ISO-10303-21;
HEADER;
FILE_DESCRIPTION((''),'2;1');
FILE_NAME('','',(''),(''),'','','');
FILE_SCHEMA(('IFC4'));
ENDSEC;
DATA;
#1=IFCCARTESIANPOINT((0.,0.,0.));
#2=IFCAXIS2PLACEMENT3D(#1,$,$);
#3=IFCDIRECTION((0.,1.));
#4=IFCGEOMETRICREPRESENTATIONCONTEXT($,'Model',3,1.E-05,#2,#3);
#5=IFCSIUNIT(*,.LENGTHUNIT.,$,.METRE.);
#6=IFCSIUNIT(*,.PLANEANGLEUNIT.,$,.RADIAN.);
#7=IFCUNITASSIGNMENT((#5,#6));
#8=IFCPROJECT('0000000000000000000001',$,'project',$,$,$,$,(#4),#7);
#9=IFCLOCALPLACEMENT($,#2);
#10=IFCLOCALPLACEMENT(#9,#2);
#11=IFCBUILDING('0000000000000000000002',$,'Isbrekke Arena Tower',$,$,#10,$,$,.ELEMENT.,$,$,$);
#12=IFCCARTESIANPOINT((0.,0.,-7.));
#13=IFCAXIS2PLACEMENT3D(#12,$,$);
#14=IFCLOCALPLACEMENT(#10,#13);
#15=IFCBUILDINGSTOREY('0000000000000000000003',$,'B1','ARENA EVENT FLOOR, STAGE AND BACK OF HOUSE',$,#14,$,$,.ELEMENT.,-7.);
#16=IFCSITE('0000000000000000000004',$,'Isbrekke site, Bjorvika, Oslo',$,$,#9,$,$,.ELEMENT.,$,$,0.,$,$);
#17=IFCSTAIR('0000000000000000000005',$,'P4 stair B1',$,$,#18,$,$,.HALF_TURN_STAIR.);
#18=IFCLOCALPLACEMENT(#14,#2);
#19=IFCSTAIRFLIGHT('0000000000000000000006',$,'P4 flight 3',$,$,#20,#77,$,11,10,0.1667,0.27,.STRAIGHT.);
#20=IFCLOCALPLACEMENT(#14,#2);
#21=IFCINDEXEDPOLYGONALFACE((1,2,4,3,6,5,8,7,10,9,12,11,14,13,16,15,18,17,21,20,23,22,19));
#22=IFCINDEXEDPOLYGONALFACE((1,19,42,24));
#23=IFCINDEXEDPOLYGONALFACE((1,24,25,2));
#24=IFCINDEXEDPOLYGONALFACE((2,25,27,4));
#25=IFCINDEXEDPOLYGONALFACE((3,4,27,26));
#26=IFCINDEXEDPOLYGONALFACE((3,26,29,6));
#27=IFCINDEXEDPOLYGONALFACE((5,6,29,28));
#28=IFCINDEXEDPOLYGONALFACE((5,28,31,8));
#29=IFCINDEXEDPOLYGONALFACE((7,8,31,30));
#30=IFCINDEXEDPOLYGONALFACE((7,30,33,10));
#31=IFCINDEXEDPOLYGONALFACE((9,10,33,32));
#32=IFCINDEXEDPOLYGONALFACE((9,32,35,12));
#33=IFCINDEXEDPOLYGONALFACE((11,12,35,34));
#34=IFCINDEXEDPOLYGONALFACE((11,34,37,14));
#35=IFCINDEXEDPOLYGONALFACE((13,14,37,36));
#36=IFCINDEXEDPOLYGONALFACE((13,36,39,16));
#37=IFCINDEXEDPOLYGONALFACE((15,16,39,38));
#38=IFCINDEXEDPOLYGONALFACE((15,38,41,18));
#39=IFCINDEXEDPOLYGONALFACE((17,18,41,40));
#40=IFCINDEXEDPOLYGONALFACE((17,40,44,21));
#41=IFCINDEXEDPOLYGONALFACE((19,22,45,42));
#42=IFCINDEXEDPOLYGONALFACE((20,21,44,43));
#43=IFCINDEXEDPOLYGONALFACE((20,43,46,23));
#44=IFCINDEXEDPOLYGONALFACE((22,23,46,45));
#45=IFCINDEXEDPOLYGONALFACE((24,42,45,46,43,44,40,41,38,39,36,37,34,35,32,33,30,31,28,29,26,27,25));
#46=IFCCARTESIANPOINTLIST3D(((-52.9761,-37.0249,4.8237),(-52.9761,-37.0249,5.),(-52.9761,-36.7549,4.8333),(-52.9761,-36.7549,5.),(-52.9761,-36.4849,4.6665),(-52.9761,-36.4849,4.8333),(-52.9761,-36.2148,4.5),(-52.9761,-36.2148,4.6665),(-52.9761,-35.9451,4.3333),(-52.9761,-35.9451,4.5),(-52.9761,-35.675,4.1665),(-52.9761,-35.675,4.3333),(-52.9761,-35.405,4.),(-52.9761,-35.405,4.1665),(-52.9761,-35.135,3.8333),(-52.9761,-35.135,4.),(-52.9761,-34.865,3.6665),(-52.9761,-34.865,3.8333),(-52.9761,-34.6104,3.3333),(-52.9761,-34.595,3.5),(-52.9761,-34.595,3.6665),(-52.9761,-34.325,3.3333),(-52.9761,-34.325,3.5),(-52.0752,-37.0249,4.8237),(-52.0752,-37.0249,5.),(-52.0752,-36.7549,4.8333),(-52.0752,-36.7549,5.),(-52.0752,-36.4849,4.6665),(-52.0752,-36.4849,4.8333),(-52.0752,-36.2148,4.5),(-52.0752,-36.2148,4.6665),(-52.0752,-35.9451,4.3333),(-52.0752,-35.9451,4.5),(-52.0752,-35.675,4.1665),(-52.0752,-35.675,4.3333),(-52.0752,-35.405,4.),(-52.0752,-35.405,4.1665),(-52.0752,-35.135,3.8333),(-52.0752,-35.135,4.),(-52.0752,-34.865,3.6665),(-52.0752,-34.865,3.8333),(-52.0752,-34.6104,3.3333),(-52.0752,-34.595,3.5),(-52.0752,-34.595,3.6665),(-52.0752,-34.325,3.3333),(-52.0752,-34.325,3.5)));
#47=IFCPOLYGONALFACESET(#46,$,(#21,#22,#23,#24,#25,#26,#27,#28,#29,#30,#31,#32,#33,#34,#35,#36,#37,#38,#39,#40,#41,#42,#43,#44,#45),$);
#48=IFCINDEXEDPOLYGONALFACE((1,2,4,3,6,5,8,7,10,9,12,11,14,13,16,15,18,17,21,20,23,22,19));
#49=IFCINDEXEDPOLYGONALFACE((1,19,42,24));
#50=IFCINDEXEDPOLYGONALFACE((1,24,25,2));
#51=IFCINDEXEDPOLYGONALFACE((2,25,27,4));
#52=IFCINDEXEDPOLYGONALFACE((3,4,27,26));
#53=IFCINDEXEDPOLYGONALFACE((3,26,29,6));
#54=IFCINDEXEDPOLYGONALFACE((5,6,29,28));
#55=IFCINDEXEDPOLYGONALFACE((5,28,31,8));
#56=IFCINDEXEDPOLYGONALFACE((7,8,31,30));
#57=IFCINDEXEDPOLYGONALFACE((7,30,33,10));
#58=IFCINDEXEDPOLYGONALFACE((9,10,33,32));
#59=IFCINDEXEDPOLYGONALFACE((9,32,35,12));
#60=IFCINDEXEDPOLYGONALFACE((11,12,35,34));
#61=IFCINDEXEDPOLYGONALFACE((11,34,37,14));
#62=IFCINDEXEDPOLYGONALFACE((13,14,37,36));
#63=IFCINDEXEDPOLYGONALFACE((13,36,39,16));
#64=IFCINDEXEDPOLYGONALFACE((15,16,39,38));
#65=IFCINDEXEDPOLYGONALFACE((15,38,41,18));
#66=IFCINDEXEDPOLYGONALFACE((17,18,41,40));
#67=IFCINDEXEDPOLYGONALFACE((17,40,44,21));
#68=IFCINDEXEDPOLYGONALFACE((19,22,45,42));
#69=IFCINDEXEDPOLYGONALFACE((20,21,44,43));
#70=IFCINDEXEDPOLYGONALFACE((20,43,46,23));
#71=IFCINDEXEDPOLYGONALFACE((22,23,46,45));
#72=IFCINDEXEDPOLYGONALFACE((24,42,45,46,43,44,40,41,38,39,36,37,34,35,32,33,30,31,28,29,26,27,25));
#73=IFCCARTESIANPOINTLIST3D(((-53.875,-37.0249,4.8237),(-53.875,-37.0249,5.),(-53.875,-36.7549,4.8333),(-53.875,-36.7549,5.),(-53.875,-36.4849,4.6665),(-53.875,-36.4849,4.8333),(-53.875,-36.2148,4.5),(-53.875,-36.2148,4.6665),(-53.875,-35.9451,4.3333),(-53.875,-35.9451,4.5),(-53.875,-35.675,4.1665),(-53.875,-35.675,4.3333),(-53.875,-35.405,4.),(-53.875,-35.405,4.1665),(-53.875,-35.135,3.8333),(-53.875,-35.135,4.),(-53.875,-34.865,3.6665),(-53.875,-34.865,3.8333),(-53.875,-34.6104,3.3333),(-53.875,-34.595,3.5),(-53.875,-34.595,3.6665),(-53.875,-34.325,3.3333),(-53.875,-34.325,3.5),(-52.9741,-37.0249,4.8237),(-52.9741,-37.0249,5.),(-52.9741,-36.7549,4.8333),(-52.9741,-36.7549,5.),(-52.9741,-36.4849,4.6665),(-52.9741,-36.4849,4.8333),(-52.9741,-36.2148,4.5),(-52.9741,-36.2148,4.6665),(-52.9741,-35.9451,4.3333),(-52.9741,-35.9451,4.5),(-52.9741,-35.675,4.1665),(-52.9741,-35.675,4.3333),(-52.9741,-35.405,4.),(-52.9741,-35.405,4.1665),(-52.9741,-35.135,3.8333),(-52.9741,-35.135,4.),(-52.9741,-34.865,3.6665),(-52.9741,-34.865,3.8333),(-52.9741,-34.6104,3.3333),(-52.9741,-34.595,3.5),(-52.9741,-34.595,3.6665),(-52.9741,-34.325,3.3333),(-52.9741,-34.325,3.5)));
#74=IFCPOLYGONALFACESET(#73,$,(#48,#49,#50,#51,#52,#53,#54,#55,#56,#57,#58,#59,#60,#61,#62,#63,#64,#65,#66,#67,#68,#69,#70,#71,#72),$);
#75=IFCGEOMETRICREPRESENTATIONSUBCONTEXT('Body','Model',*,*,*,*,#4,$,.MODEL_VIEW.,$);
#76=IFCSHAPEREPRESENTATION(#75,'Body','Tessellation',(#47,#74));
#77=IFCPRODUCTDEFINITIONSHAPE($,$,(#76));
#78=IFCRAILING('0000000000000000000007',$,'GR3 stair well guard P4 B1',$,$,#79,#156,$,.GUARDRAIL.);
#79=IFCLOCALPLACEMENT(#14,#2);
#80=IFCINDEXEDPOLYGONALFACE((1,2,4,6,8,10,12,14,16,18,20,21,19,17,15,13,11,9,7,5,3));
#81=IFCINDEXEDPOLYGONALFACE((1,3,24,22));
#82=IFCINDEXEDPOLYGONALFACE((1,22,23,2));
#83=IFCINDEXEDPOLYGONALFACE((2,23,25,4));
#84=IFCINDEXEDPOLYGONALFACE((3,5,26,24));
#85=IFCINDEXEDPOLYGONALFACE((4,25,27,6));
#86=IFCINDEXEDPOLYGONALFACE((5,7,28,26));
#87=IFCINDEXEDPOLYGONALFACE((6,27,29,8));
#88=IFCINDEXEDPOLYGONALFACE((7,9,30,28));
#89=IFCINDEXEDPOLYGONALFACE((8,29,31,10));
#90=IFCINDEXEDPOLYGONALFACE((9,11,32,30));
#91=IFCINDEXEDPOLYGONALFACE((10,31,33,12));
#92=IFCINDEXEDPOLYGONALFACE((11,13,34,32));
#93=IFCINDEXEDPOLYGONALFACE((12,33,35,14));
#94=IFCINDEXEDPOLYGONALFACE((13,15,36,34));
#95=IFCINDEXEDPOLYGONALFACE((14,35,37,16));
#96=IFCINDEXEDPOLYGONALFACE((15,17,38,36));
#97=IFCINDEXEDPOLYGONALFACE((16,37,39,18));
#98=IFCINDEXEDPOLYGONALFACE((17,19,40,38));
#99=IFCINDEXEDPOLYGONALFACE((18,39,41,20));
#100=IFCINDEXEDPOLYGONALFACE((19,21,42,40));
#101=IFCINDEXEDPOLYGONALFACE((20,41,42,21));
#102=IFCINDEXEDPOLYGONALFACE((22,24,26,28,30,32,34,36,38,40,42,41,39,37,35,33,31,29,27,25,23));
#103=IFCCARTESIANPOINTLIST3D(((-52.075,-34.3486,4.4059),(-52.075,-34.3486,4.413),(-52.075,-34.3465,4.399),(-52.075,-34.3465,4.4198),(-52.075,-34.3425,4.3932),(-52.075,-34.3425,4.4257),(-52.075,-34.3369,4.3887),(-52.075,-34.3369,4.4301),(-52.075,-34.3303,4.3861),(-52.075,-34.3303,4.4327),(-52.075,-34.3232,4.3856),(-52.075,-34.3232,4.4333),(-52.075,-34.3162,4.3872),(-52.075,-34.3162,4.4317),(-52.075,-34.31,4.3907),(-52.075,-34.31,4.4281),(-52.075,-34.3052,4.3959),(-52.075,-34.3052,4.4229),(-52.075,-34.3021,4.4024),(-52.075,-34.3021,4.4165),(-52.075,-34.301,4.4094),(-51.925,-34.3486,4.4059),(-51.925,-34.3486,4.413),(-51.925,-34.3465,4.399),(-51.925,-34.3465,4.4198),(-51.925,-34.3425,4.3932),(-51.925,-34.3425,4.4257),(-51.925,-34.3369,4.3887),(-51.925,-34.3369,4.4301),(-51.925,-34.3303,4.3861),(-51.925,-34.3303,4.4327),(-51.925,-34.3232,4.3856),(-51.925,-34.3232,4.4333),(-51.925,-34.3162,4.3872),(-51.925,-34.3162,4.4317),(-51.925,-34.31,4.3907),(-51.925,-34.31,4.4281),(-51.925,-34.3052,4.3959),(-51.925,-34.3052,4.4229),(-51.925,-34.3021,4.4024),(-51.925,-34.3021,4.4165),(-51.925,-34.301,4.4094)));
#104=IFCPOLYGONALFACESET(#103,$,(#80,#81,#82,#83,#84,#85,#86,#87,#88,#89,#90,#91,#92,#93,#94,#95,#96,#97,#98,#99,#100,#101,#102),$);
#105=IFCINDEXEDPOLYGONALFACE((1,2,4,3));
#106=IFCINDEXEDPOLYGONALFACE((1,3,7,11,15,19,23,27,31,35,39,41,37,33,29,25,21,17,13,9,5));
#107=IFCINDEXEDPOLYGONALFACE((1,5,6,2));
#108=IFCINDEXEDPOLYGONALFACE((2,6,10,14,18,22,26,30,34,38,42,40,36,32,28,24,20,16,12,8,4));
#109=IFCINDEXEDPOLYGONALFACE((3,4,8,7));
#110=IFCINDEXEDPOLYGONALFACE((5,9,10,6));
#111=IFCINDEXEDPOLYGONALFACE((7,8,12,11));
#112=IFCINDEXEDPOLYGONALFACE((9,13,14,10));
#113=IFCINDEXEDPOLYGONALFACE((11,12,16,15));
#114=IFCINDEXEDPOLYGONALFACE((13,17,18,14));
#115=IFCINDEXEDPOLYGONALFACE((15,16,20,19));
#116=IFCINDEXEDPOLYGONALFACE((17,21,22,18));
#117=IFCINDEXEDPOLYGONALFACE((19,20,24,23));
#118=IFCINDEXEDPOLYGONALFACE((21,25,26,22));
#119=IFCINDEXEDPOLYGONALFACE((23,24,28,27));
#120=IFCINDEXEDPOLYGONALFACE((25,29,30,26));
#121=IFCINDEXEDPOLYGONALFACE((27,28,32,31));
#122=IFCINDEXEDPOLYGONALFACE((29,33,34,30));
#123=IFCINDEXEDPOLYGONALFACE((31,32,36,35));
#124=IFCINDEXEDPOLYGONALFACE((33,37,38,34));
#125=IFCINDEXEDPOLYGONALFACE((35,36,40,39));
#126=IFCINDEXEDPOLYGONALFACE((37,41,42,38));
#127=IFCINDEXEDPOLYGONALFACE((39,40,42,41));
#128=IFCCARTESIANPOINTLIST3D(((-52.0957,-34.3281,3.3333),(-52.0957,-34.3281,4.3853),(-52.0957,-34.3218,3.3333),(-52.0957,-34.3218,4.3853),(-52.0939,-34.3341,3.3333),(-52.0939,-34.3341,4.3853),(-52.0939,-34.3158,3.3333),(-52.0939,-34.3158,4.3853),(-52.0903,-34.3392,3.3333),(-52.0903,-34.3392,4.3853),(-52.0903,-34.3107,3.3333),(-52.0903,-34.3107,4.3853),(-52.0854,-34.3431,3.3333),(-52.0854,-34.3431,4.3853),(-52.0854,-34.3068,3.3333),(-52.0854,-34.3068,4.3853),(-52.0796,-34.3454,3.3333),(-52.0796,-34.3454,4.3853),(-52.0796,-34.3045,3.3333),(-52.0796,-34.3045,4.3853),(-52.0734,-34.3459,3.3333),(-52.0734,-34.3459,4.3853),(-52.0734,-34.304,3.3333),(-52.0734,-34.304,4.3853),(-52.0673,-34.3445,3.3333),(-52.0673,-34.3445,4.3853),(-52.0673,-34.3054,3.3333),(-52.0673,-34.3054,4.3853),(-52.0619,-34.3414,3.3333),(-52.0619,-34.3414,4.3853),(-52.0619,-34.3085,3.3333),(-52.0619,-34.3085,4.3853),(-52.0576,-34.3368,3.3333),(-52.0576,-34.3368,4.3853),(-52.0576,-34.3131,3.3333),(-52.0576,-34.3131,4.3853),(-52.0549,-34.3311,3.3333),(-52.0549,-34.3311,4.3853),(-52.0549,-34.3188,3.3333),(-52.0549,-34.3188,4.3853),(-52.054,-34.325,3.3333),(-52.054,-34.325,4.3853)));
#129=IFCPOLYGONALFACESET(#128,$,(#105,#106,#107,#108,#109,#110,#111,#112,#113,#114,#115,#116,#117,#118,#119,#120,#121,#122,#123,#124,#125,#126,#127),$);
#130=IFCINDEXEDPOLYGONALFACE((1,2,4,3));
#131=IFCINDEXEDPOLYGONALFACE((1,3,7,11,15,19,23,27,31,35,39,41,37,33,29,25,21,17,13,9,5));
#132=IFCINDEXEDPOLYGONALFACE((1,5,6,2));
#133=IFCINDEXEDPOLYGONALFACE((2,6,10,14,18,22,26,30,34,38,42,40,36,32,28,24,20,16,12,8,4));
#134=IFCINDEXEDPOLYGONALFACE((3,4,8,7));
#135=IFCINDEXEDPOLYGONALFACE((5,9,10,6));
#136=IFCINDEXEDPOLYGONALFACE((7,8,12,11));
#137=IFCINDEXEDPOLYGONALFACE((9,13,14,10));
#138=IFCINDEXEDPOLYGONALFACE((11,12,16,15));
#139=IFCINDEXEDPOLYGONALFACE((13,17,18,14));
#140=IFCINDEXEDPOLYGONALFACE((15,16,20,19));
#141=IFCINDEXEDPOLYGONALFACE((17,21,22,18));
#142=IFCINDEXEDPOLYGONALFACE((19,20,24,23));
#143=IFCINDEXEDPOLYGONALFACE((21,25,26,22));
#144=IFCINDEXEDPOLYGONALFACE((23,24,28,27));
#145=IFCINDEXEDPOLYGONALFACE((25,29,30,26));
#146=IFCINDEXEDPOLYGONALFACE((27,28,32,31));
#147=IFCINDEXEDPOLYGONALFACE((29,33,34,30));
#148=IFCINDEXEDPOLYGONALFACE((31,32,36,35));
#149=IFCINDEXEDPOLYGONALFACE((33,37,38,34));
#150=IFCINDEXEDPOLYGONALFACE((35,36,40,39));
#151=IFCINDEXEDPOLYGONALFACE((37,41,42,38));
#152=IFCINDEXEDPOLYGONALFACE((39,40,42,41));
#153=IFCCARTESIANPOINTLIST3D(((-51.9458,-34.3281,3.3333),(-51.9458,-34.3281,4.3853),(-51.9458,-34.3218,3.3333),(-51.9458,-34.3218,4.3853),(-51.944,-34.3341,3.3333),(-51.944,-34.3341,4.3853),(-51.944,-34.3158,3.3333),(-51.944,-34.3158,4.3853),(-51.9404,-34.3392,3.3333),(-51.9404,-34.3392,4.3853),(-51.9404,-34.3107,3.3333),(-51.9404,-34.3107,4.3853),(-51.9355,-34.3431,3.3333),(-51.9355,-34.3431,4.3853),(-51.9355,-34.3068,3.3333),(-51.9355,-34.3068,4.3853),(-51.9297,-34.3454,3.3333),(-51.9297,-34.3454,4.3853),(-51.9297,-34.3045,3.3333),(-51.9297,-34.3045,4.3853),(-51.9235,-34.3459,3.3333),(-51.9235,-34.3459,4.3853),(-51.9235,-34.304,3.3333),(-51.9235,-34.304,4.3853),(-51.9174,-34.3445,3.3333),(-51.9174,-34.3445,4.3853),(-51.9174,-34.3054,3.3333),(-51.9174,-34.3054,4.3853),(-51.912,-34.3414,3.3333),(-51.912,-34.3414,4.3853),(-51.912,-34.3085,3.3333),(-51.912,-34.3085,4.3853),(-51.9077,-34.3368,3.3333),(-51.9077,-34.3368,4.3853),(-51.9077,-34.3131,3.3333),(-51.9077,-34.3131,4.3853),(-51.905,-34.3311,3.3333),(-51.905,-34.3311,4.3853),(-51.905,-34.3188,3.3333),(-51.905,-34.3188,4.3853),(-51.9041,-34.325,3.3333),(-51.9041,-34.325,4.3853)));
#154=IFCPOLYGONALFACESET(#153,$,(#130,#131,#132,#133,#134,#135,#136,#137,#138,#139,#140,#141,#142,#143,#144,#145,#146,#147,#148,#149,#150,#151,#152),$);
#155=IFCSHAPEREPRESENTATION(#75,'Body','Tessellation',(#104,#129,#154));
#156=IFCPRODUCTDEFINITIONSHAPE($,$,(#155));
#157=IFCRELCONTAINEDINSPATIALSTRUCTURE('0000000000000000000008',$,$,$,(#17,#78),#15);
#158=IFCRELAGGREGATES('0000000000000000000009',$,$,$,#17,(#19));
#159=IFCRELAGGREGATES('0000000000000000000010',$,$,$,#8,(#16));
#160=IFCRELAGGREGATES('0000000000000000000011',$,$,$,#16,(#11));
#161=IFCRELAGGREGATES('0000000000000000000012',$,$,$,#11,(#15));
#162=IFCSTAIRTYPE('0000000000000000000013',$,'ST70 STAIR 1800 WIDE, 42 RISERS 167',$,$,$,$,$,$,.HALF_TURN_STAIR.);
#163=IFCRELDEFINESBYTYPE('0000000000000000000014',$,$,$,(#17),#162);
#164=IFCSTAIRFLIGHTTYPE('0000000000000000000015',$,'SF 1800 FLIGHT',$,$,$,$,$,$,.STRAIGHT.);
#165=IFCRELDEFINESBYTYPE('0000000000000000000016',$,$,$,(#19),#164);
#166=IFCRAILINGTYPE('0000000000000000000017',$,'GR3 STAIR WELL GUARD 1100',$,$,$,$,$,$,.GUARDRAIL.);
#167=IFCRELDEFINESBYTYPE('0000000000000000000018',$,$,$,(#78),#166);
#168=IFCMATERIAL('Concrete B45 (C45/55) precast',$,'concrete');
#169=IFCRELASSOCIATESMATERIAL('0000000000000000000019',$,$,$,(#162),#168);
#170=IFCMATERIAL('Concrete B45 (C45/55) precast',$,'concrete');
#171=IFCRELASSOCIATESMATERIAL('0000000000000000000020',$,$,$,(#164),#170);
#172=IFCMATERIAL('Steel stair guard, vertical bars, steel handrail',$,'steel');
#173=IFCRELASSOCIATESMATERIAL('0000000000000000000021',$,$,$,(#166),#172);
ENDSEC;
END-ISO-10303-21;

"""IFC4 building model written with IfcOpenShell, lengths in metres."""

from ifc_helpers import new_model, si_unit, direction, frame, origin, origin_2d, place, context, subcontext, project, spatial, polyline, circle, outline, extrude, material, type_object, element, aggregate, save


model = new_model("IFC4")

# Units and contexts
model_context = context("Model", 3, precision=1e-05, world=origin(), true_north=direction((0.0, 1.0)))
body_context = subcontext(model_context, "Body", "Model", "MODEL_VIEW")
ifc_project = project(units=[si_unit("LENGTHUNIT", "METRE"), si_unit("PLANEANGLEUNIT", "RADIAN")], contexts=[model_context])

# Site, building, storey
site_placement = place(None, origin())
site = spatial("IfcSite", under=ifc_project, at=site_placement, Name="Isbrekke site, Bjorvika, Oslo", CompositionType="ELEMENT", RefElevation=0.0)
building_placement = place(site_placement, origin())
building = spatial("IfcBuilding", under=site, at=building_placement, Name="Isbrekke Arena Tower", CompositionType="ELEMENT")
storey_placement = place(building_placement, frame((0.0, 0.0, -7.0)))
storey = spatial("IfcBuildingStorey", under=building, at=storey_placement, Name="B1", Description="ARENA EVENT FLOOR, STAGE AND BACK OF HOUSE", CompositionType="ELEMENT", Elevation=-7.0)

# Stair, stair flight
ifc_material_1 = material(Name="Concrete B45 (C45/55) precast", Category="concrete")
stair_type = type_object("IfcStairType", Name="ST70 STAIR 1800 WIDE, 42 RISERS 167", PredefinedType="HALF_TURN_STAIR", material=ifc_material_1)
stair_placement = place(storey_placement, origin())
stair = element("IfcStair", 1, at=stair_placement, inside=storey, type_object=stair_type, Name="P4 stair B1", PredefinedType="HALF_TURN_STAIR")
ifc_material_2 = material(Name="Concrete B45 (C45/55) precast", Category="concrete")
stair_flight_type = type_object("IfcStairFlightType", Name="SF 1800 FLIGHT", PredefinedType="STRAIGHT", material=ifc_material_2)
stair_flight_1_placement = place(storey_placement, frame((-52.9751, -34.325, 3.3333), z_axis=(0.0, 0.0, 1.0), x_axis=(0.0, -1.0, 0.0)))
stair_flight_1 = element("IfcStairFlight", 2, at=stair_flight_1_placement, type_object=stair_flight_type, Name="P4 flight 3", NumberOfRisers=11, NumberOfTreads=10, PredefinedType="STRAIGHT", RiserHeight=0.1667, TreadLength=0.27, context=body_context, shape_type="SweptSolid", body=[
    extrude(outline(polyline([(0.0, 0.0), (0.0, 0.1667), (0.27, 0.1667), (0.27, 0.3333), (0.54, 0.3333), (0.54, 0.5), (0.8101, 0.5), (0.8101, 0.6667), (1.0801, 0.6667), (1.0801, 0.8333), (1.3501, 0.8333), (1.3501, 1.0), (1.6201, 1.0), (1.6201, 1.1667), (1.8899, 1.1667), (1.8899, 1.3333), (2.1599, 1.3333), (2.1599, 1.5), (2.4299, 1.5), (2.4299, 1.6667), (2.7, 1.6667), (2.7, 1.8333), (2.7, 1.4905), (0.2854, 0.0), (0.0, 0.0)])), frame((0.0, 0.8999, 0.0), z_axis=(0.0, -1.0, 0.0), x_axis=(1.0, 0.0, 0.0)), (0.0, 0.0, 1.0), 0.9009),
    extrude(outline(polyline([(0.0, 0.0), (0.0, 0.1667), (0.27, 0.1667), (0.27, 0.3333), (0.54, 0.3333), (0.54, 0.5), (0.8101, 0.5), (0.8101, 0.6667), (1.0801, 0.6667), (1.0801, 0.8333), (1.3501, 0.8333), (1.3501, 1.0), (1.6201, 1.0), (1.6201, 1.1667), (1.8899, 1.1667), (1.8899, 1.3333), (2.1599, 1.3333), (2.1599, 1.5), (2.4299, 1.5), (2.4299, 1.6667), (2.7, 1.6667), (2.7, 1.8333), (2.7, 1.4905), (0.2854, 0.0), (0.0, 0.0)])), frame((0.0, 0.001, 0.0), z_axis=(0.0, -1.0, 0.0), x_axis=(1.0, 0.0, 0.0)), (0.0, 0.0, 1.0), 0.9009),
])
aggregate(stair, [stair_flight_1])

# Railing
ifc_material_3 = material(Name="Steel stair guard, vertical bars, steel handrail", Category="steel")
railing_type = type_object("IfcRailingType", Name="GR3 STAIR WELL GUARD 1100", PredefinedType="GUARDRAIL", material=ifc_material_3)
railing_placement = place(storey_placement, frame((-52.075, -34.325, 3.3333)))
element("IfcRailing", 3, at=railing_placement, inside=storey, type_object=railing_type, Name="GR3 stair well guard P4 B1", PredefinedType="GUARDRAIL", context=body_context, shape_type="SweptSolid", body=[
    extrude(circle(Radius=0.0239, at=origin_2d()), frame((0.0, 0.0, 1.0762), z_axis=(1.0, 0.0, 0.0), x_axis=(0.0, 1.0, 0.0)), (0.0, 0.0, 1.0), 0.1499),
    extrude(circle(Radius=0.021, at=origin_2d()), origin(), (0.0, 0.0, 1.0), 1.052),
    extrude(circle(Radius=0.021, at=origin_2d()), frame((0.1499, 0.0, 0.0)), (0.0, 0.0, 1.0), 1.052),
])

save(model, "model.ifc")
